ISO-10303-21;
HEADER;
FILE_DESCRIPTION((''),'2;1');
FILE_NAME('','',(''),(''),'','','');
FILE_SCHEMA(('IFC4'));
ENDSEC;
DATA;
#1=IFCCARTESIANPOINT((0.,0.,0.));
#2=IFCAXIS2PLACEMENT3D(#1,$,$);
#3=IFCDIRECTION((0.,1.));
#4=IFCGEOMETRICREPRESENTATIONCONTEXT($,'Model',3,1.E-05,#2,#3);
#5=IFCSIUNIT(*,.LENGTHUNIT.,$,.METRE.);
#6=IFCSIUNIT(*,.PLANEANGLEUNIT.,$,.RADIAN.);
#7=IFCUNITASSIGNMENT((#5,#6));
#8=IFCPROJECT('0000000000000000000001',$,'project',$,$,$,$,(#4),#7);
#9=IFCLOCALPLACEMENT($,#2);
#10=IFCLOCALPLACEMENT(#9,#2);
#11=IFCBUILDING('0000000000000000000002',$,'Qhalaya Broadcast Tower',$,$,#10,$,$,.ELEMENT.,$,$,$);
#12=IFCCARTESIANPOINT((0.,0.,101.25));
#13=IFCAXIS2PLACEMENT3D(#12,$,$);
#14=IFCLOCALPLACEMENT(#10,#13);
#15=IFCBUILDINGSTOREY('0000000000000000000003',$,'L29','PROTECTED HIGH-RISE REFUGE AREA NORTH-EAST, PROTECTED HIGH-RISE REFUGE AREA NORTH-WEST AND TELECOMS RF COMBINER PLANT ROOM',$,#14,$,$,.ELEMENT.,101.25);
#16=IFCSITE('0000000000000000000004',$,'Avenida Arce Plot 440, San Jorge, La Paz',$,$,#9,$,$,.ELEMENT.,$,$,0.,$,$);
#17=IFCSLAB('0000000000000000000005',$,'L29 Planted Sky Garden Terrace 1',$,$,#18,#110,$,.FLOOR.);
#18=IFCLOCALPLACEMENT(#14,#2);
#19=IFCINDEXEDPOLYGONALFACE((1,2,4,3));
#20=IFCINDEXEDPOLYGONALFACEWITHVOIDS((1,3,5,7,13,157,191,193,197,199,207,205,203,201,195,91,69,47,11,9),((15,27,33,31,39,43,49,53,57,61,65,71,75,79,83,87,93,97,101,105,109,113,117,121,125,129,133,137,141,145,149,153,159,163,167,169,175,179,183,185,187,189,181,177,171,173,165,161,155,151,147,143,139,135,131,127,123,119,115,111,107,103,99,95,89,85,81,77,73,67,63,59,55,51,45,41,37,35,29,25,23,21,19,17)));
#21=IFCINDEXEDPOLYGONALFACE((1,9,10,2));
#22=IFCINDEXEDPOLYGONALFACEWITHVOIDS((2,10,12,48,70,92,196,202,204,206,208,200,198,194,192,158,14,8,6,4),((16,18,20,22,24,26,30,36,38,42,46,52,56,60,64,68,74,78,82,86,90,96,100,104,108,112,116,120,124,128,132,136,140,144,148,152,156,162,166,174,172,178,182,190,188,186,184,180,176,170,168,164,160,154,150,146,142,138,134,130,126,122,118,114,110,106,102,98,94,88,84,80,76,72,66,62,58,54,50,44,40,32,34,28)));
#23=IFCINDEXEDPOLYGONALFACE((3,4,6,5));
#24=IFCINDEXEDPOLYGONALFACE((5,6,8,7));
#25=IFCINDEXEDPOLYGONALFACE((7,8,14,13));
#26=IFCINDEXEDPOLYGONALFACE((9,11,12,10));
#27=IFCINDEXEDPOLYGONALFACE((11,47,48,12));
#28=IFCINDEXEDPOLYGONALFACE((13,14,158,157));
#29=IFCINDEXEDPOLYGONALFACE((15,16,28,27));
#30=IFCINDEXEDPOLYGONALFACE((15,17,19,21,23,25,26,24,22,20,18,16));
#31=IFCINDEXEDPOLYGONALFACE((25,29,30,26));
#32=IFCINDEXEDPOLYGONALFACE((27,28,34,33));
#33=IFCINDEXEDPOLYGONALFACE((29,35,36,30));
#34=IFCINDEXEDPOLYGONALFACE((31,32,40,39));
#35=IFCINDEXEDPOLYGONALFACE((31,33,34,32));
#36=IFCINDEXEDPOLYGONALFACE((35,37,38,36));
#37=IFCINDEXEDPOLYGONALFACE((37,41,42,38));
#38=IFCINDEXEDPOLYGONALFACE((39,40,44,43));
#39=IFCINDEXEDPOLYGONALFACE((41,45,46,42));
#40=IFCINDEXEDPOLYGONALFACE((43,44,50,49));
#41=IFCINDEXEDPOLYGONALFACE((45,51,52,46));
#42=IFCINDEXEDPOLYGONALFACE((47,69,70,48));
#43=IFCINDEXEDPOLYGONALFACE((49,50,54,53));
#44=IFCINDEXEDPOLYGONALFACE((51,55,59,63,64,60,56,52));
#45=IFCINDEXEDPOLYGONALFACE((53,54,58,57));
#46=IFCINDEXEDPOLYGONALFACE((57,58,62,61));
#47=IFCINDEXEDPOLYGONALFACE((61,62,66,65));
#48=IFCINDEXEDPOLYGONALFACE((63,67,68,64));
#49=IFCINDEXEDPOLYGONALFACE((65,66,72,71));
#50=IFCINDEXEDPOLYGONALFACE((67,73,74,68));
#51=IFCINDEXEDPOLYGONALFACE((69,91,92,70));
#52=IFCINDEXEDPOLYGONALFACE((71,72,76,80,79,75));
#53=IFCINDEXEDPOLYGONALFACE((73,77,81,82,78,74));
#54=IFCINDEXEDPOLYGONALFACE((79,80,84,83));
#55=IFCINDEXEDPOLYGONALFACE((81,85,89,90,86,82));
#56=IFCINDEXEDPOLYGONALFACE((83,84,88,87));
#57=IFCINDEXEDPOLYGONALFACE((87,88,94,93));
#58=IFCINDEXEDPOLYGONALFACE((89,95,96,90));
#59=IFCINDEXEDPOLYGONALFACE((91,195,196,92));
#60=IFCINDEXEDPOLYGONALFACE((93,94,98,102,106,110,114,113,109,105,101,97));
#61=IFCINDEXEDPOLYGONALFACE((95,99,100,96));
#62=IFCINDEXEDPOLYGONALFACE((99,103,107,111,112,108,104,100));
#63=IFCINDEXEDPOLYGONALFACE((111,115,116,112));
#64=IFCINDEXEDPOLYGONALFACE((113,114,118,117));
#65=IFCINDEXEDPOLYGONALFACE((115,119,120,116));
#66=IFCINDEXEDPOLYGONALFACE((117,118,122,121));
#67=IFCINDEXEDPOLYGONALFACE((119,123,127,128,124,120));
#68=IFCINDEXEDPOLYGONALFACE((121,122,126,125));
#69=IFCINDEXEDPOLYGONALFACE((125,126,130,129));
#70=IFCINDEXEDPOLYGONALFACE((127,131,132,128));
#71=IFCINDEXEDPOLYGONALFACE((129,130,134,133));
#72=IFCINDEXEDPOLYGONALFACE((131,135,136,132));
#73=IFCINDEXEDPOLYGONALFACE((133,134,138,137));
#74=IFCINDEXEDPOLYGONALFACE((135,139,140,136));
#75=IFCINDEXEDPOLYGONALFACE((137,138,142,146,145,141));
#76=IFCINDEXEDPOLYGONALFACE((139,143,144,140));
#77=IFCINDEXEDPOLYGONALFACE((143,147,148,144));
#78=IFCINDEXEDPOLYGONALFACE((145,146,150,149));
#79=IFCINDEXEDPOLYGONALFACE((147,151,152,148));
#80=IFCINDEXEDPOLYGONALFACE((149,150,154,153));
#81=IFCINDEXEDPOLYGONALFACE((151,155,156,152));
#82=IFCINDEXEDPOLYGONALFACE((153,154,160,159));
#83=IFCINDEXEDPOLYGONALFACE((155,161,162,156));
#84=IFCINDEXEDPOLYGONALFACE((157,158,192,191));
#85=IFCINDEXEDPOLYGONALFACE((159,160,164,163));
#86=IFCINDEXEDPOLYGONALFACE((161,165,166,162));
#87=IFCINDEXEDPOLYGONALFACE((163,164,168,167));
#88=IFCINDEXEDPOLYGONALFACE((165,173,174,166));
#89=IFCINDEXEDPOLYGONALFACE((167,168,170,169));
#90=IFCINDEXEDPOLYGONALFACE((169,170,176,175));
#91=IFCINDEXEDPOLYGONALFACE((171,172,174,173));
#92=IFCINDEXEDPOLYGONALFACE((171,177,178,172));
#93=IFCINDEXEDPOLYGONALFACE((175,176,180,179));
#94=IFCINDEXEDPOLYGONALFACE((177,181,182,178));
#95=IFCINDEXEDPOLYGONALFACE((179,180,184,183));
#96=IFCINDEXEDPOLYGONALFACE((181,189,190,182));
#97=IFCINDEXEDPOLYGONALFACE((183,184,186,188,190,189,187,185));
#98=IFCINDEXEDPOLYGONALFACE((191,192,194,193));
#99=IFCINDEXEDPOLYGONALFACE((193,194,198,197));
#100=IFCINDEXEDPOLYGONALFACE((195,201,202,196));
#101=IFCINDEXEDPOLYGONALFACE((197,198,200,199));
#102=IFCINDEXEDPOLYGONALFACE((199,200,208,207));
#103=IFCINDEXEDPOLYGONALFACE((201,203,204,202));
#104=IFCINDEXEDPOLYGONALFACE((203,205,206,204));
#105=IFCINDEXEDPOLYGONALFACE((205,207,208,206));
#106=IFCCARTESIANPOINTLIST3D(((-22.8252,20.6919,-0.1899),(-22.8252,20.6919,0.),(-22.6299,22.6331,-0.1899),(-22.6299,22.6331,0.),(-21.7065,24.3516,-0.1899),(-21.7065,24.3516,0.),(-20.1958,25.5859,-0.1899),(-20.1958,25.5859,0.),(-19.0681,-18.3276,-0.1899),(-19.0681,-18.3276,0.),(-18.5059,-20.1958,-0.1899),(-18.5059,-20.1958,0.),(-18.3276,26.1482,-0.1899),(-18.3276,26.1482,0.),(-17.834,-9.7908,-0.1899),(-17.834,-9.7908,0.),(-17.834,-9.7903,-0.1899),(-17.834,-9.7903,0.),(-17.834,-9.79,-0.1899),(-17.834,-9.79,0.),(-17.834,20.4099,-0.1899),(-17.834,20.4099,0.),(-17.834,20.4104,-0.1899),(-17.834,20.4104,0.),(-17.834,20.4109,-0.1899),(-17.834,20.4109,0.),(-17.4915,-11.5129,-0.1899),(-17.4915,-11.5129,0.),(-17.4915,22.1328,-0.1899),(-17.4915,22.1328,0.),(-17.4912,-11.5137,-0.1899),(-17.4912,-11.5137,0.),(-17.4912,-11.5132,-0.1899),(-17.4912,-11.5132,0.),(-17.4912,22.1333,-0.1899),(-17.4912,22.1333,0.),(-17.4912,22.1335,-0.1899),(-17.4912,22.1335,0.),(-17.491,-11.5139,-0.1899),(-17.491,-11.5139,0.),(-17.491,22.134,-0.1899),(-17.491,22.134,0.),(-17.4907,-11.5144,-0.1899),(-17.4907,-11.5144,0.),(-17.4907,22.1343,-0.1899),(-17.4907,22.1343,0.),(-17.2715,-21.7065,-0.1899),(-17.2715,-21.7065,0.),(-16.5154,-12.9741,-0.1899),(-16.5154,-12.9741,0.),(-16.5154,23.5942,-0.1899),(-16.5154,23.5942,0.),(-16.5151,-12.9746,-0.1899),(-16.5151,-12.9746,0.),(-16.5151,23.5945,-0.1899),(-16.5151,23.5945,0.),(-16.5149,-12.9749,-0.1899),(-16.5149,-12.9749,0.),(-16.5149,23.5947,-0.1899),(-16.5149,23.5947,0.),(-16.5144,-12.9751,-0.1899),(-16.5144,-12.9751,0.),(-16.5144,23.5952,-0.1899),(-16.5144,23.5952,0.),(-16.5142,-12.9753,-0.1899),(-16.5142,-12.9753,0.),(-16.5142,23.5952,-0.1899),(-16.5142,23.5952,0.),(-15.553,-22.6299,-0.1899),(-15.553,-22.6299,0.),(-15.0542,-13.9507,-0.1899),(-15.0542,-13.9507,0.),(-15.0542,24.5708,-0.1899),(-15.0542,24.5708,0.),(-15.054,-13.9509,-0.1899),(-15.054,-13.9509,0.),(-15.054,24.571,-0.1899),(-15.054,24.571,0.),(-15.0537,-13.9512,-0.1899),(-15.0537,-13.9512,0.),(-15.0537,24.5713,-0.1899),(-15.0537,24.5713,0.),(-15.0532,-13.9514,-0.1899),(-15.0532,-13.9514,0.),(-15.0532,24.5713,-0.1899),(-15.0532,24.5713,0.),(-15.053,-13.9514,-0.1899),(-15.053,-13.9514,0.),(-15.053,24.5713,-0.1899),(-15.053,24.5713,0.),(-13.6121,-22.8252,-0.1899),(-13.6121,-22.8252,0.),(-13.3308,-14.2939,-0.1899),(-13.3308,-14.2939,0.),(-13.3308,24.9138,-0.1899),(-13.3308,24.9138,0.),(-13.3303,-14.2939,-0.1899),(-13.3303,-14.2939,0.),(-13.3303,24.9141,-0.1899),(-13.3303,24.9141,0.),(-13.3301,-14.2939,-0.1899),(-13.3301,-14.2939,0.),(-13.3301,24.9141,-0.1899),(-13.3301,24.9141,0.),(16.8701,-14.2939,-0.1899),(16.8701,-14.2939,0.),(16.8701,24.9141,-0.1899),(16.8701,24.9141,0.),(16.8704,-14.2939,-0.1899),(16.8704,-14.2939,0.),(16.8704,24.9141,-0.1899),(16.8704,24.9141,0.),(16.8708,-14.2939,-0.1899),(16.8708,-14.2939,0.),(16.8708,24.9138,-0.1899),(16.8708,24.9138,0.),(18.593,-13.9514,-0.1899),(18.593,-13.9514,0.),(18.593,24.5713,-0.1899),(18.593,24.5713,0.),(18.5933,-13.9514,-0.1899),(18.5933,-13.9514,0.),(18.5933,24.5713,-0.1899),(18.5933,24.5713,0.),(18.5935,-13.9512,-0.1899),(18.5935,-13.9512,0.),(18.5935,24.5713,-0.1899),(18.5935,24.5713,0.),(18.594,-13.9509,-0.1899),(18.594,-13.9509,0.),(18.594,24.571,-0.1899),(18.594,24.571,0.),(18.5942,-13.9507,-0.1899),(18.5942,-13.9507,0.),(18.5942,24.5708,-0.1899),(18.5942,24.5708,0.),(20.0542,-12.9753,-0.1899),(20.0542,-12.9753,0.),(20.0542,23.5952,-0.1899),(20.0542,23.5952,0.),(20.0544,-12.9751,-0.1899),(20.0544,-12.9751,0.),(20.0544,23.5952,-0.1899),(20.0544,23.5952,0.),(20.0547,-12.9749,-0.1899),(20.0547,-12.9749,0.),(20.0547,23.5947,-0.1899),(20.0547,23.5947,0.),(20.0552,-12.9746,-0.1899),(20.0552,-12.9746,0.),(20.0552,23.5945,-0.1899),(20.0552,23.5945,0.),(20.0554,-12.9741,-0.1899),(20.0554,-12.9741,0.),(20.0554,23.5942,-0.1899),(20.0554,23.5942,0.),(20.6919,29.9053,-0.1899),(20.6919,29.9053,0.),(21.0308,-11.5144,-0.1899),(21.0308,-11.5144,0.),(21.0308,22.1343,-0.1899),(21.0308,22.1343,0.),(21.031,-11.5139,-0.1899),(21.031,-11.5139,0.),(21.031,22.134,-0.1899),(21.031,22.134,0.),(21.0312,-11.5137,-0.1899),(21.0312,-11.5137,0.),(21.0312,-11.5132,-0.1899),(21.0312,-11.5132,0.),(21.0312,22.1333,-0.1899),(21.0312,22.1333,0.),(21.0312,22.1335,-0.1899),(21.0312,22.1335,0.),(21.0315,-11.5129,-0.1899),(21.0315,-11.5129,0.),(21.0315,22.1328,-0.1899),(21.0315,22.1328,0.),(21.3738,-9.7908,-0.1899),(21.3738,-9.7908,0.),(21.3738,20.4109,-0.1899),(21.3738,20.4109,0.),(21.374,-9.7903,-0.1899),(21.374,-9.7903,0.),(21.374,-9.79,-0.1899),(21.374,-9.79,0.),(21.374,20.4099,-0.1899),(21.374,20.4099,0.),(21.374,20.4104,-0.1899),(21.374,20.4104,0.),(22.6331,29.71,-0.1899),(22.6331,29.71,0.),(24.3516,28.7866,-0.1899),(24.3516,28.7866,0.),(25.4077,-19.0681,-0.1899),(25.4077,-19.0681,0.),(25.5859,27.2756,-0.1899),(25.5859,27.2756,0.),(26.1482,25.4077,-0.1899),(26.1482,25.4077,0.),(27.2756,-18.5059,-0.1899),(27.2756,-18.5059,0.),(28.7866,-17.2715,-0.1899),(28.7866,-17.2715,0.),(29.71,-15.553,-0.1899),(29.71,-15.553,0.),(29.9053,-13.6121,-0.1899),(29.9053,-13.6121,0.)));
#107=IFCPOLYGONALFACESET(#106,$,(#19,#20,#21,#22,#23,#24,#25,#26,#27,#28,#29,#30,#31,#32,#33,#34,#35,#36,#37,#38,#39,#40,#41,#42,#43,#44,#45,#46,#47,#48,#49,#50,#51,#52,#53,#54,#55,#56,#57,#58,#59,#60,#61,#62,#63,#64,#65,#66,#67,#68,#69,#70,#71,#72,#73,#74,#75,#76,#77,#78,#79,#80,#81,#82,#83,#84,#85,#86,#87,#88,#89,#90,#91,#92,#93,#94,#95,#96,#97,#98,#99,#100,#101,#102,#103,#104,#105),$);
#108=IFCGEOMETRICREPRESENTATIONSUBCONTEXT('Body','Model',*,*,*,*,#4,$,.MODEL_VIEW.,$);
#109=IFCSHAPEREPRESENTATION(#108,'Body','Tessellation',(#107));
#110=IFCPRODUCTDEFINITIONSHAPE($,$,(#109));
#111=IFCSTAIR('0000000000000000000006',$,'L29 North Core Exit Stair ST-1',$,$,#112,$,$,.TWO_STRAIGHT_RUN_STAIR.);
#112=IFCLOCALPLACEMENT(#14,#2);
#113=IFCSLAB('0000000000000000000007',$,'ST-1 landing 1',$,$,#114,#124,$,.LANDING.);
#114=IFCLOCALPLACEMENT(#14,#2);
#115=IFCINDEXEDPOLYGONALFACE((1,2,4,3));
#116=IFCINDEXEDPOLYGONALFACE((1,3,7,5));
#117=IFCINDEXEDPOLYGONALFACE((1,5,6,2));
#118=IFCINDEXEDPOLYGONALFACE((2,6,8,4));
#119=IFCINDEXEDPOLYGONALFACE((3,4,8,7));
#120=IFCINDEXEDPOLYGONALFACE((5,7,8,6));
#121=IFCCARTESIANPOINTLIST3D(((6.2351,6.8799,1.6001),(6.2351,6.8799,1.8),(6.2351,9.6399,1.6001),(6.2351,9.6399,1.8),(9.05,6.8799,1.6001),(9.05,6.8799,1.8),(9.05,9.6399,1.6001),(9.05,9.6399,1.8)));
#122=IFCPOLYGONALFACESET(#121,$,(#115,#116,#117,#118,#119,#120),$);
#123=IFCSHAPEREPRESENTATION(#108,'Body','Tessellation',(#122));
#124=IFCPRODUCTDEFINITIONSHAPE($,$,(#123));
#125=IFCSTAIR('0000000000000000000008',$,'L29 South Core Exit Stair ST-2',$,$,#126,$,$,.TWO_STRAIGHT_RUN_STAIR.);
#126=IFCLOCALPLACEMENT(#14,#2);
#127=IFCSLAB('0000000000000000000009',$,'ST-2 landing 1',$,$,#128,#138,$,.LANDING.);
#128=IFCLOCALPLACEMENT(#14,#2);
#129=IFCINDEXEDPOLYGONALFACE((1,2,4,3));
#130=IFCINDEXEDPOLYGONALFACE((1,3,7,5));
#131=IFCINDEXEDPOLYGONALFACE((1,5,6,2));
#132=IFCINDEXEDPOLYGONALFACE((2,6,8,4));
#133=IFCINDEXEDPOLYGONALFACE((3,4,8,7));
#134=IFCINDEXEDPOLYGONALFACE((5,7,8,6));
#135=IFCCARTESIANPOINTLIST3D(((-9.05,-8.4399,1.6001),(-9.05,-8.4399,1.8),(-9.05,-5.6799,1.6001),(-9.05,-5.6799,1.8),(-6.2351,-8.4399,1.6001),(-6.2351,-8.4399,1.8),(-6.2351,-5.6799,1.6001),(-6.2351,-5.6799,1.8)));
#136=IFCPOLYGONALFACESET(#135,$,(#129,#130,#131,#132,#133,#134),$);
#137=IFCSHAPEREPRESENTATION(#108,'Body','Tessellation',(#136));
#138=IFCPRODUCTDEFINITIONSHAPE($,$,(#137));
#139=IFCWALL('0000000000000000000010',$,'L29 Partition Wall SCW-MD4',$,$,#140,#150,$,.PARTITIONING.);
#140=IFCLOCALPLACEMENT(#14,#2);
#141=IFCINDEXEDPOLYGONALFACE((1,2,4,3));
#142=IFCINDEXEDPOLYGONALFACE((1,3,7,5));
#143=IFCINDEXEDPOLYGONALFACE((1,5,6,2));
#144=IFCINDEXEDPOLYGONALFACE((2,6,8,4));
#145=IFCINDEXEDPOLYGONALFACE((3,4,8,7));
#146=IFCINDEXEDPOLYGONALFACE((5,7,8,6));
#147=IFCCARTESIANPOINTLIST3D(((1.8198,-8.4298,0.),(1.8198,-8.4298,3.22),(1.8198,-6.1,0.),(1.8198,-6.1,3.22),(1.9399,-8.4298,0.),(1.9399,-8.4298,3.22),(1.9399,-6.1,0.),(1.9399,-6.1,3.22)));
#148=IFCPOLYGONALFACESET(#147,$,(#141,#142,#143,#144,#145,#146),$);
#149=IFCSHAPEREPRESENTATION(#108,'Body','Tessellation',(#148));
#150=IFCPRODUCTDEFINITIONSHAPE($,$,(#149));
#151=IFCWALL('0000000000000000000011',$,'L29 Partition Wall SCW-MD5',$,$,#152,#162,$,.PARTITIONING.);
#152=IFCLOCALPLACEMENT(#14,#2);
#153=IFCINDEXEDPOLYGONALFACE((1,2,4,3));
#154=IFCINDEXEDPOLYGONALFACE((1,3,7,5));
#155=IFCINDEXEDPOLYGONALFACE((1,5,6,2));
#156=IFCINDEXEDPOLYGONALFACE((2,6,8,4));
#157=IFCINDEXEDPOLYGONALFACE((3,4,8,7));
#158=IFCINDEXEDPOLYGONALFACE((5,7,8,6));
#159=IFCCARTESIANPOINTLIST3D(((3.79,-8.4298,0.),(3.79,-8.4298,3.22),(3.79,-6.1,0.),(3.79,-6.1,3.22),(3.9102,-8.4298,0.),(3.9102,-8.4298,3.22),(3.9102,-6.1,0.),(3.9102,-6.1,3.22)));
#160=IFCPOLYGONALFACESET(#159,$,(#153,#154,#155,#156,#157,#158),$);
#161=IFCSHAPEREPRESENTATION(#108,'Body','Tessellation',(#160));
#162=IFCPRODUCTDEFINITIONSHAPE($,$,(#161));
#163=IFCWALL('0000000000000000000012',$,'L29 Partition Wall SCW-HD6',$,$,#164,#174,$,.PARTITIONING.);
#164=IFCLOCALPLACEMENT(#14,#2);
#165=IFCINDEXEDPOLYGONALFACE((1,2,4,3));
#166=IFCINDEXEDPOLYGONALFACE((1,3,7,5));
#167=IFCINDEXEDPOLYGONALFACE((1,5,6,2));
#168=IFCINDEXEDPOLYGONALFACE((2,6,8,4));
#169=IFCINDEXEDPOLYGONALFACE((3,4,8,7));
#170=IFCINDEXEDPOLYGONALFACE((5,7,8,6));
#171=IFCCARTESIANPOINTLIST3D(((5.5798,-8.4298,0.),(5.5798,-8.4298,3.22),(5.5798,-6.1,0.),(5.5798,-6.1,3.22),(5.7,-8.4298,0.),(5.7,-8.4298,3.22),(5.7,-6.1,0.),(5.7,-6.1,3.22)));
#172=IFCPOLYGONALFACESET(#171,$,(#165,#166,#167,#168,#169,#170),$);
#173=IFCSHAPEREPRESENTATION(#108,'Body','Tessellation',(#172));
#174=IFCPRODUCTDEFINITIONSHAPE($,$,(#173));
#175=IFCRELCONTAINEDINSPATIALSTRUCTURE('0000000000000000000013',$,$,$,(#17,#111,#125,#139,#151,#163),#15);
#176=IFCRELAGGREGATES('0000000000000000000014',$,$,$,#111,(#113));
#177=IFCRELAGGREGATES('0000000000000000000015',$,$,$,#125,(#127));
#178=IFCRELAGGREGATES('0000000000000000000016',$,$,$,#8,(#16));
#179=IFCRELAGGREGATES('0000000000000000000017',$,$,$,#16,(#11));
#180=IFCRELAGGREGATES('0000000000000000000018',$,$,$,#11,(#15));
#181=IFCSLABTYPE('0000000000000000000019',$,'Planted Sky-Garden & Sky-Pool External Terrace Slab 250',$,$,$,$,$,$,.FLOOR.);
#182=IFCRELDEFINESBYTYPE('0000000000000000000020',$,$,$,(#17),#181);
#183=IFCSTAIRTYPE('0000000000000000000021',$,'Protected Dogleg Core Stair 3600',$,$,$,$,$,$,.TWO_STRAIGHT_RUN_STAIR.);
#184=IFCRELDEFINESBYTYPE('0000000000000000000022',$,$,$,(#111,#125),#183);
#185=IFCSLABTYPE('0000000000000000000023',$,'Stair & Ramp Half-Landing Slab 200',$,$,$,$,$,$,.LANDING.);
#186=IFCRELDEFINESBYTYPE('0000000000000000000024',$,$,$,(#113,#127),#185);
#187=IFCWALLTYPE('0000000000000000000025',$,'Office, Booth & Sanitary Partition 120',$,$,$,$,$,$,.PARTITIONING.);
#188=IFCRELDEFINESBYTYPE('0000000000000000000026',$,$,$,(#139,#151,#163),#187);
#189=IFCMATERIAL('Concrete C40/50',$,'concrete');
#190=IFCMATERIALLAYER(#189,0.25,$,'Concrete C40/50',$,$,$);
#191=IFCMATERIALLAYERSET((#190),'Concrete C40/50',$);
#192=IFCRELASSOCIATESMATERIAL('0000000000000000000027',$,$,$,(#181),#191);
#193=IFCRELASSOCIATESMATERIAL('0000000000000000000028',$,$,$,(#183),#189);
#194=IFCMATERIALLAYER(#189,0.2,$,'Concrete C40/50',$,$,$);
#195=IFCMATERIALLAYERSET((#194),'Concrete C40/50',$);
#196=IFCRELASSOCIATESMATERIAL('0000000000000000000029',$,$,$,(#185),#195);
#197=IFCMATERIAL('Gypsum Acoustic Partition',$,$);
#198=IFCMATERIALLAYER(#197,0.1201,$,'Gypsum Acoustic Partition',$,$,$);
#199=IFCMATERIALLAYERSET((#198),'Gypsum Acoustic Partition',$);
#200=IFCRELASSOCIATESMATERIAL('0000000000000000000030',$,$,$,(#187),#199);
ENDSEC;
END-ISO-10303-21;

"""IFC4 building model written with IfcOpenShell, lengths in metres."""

from ifc_helpers import new_model, si_unit, direction, frame, frame_2d, origin, place, context, subcontext, project, spatial, polyline, rectangle, outline, extrude, material, layer, layer_set, type_object, element, aggregate, save


model = new_model("IFC4")

# Units and contexts
model_context = context("Model", 3, precision=1e-05, world=origin(), true_north=direction((0.0, 1.0)))
body_context = subcontext(model_context, "Body", "Model", "MODEL_VIEW")
ifc_project = project(units=[si_unit("LENGTHUNIT", "METRE"), si_unit("PLANEANGLEUNIT", "RADIAN")], contexts=[model_context])

# Site, building, storey
site_placement = place(None, origin())
site = spatial("IfcSite", under=ifc_project, at=site_placement, Name="Avenida Arce Plot 440, San Jorge, La Paz", CompositionType="ELEMENT", RefElevation=0.0)
building_placement = place(site_placement, origin())
building = spatial("IfcBuilding", under=site, at=building_placement, Name="Qhalaya Broadcast Tower", CompositionType="ELEMENT")
storey_placement = place(building_placement, frame((0.0, 0.0, 101.25)))
storey = spatial("IfcBuildingStorey", under=building, at=storey_placement, Name="L29", Description="PROTECTED HIGH-RISE REFUGE AREA NORTH-EAST, PROTECTED HIGH-RISE REFUGE AREA NORTH-WEST AND TELECOMS RF COMBINER PLANT ROOM", CompositionType="ELEMENT", Elevation=101.25)

# Slab
ifc_material_1 = material(Name="Concrete C40/50", Category="concrete")
ifc_layer_1 = layer(ifc_material_1, 0.25, Name="Concrete C40/50")
ifc_layer_set_1 = layer_set([ifc_layer_1], Name="Concrete C40/50")
slab_type_1 = type_object("IfcSlabType", Name="Planted Sky-Garden & Sky-Pool External Terrace Slab 250", PredefinedType="FLOOR", material=ifc_layer_set_1)
slab_1_placement = place(storey_placement, frame((0.0, 0.0, -0.1899)))
element("IfcSlab", 1, at=slab_1_placement, inside=storey, type_object=slab_type_1, Name="L29 Planted Sky Garden Terrace 1", PredefinedType="FLOOR", context=body_context, shape_type="SweptSolid", body=[
    extrude(outline(polyline([(25.4077, -19.0681), (27.2756, -18.5059), (28.7866, -17.2715), (29.71, -15.553), (29.9053, -13.6121), (26.1482, 25.4077), (25.5859, 27.2756), (24.3516, 28.7866), (22.6331, 29.71), (20.6919, 29.9053), (-18.3276, 26.1482), (-20.1958, 25.5859), (-21.7065, 24.3516), (-22.6299, 22.6331), (-22.8252, 20.6919), (-19.0681, -18.3276), (-18.5059, -20.1958), (-17.2715, -21.7065), (-15.553, -22.6299), (-13.6121, -22.8252), (25.4077, -19.0681)]), holes=[polyline([(16.8701, -14.2939), (-13.3301, -14.2939), (-13.3303, -14.2939), (-13.3308, -14.2939), (-15.053, -13.9514), (-15.0532, -13.9514), (-15.0537, -13.9512), (-15.054, -13.9509), (-15.0542, -13.9507), (-16.5142, -12.9753), (-16.5144, -12.9751), (-16.5149, -12.9749), (-16.5151, -12.9746), (-16.5154, -12.9741), (-17.4907, -11.5144), (-17.491, -11.5139), (-17.4912, -11.5137), (-17.4912, -11.5132), (-17.4915, -11.5129), (-17.834, -9.7908), (-17.834, -9.7903), (-17.834, -9.79), (-17.834, 20.4099), (-17.834, 20.4104), (-17.834, 20.4109), (-17.4915, 22.1328), (-17.4912, 22.1333), (-17.4912, 22.1335), (-17.491, 22.134), (-17.4907, 22.1343), (-16.5154, 23.5942), (-16.5151, 23.5945), (-16.5149, 23.5947), (-16.5144, 23.5952), (-16.5142, 23.5952), (-15.0542, 24.5708), (-15.054, 24.571), (-15.0537, 24.5713), (-15.0532, 24.5713), (-15.053, 24.5713), (-13.3308, 24.9138), (-13.3303, 24.9141), (-13.3301, 24.9141), (16.8701, 24.9141), (16.8704, 24.9141), (16.8708, 24.9138), (18.593, 24.5713), (18.5933, 24.5713), (18.5935, 24.5713), (18.594, 24.571), (18.5942, 24.5708), (20.0542, 23.5952), (20.0544, 23.5952), (20.0547, 23.5947), (20.0552, 23.5945), (20.0554, 23.5942), (21.0308, 22.1343), (21.031, 22.134), (21.0312, 22.1335), (21.0312, 22.1333), (21.0315, 22.1328), (21.3738, 20.4109), (21.374, 20.4104), (21.374, 20.4099), (21.374, -9.79), (21.374, -9.7903), (21.3738, -9.7908), (21.0315, -11.5129), (21.0312, -11.5132), (21.0312, -11.5137), (21.031, -11.5139), (21.0308, -11.5144), (20.0554, -12.9741), (20.0552, -12.9746), (20.0547, -12.9749), (20.0544, -12.9751), (20.0542, -12.9753), (18.5942, -13.9507), (18.594, -13.9509), (18.5935, -13.9512), (18.5933, -13.9514), (18.593, -13.9514), (16.8708, -14.2939), (16.8704, -14.2939), (16.8701, -14.2939)])]), origin(), (0.0, 0.0, 1.0), 0.1899),
])

# Stairs, slabs
stair_type = type_object("IfcStairType", Name="Protected Dogleg Core Stair 3600", PredefinedType="TWO_STRAIGHT_RUN_STAIR", material=ifc_material_1)
stair_1_placement = place(storey_placement, origin())
stair_1 = element("IfcStair", 2, at=stair_1_placement, inside=storey, type_object=stair_type, Name="L29 North Core Exit Stair ST-1", PredefinedType="TWO_STRAIGHT_RUN_STAIR")
ifc_layer_2 = layer(ifc_material_1, 0.2, Name="Concrete C40/50")
ifc_layer_set_2 = layer_set([ifc_layer_2], Name="Concrete C40/50")
slab_type_2 = type_object("IfcSlabType", Name="Stair & Ramp Half-Landing Slab 200", PredefinedType="LANDING", material=ifc_layer_set_2)
slab_2_placement = place(storey_placement, frame((0.0, 0.0, 1.6001)))
slab_2 = element("IfcSlab", 3, at=slab_2_placement, type_object=slab_type_2, Name="ST-1 landing 1", PredefinedType="LANDING", context=body_context, shape_type="SweptSolid", body=[
    extrude(outline(polyline([(6.2351, 6.8799), (9.05, 6.8799), (9.05, 9.6399), (6.2351, 9.6399), (6.2351, 6.8799)])), origin(), (0.0, 0.0, 1.0), 0.2),
])
aggregate(stair_1, [slab_2])
stair_2_placement = place(storey_placement, origin())
stair_2 = element("IfcStair", 4, at=stair_2_placement, inside=storey, type_object=stair_type, Name="L29 South Core Exit Stair ST-2", PredefinedType="TWO_STRAIGHT_RUN_STAIR")
slab_3_placement = place(storey_placement, frame((0.0, 0.0, 1.6001)))
slab_3 = element("IfcSlab", 5, at=slab_3_placement, type_object=slab_type_2, Name="ST-2 landing 1", PredefinedType="LANDING", context=body_context, shape_type="SweptSolid", body=[
    extrude(outline(polyline([(-6.2351, -5.6799), (-9.05, -5.6799), (-9.05, -8.4399), (-6.2351, -8.4399), (-6.2351, -5.6799)])), origin(), (0.0, 0.0, 1.0), 0.2),
])
aggregate(stair_2, [slab_3])

# Walls
ifc_material_2 = material(Name="Gypsum Acoustic Partition")
ifc_layer_3 = layer(ifc_material_2, 0.1201, Name="Gypsum Acoustic Partition")
ifc_layer_set_3 = layer_set([ifc_layer_3], Name="Gypsum Acoustic Partition")
wall_type_1 = type_object("IfcWallType", Name="Office, Booth & Sanitary Partition 120", PredefinedType="PARTITIONING", material=ifc_layer_set_3)
for number, where, z_axis, x_axis, name in (
    (6, (1.8799, -8.4299, 0.0), (0.0, 0.0, 1.0), (0.0, 1.0, 0.0), "L29 Partition Wall SCW-MD4"),
    (7, (3.8501, -8.4299, 0.0), (0.0, 0.0, 1.0), (0.0, 1.0, 0.0), "L29 Partition Wall SCW-MD5"),
    (8, (5.6399, -8.4299, 0.0), (0.0, 0.0, 1.0), (0.0, 1.0, 0.0), "L29 Partition Wall SCW-HD6"),
):
    element("IfcWall", number, at=place(storey_placement, frame(where, z_axis=z_axis, x_axis=x_axis)), inside=storey, type_object=wall_type_1, Name=name, PredefinedType="PARTITIONING", context=body_context, shape_type="SweptSolid", body=[
        extrude(rectangle(XDim=2.3298, YDim=0.1201, at=frame_2d((1.165, 0.0))), origin(), (0.0, 0.0, 1.0), 3.22),
    ])

save(model, "model.ifc")
